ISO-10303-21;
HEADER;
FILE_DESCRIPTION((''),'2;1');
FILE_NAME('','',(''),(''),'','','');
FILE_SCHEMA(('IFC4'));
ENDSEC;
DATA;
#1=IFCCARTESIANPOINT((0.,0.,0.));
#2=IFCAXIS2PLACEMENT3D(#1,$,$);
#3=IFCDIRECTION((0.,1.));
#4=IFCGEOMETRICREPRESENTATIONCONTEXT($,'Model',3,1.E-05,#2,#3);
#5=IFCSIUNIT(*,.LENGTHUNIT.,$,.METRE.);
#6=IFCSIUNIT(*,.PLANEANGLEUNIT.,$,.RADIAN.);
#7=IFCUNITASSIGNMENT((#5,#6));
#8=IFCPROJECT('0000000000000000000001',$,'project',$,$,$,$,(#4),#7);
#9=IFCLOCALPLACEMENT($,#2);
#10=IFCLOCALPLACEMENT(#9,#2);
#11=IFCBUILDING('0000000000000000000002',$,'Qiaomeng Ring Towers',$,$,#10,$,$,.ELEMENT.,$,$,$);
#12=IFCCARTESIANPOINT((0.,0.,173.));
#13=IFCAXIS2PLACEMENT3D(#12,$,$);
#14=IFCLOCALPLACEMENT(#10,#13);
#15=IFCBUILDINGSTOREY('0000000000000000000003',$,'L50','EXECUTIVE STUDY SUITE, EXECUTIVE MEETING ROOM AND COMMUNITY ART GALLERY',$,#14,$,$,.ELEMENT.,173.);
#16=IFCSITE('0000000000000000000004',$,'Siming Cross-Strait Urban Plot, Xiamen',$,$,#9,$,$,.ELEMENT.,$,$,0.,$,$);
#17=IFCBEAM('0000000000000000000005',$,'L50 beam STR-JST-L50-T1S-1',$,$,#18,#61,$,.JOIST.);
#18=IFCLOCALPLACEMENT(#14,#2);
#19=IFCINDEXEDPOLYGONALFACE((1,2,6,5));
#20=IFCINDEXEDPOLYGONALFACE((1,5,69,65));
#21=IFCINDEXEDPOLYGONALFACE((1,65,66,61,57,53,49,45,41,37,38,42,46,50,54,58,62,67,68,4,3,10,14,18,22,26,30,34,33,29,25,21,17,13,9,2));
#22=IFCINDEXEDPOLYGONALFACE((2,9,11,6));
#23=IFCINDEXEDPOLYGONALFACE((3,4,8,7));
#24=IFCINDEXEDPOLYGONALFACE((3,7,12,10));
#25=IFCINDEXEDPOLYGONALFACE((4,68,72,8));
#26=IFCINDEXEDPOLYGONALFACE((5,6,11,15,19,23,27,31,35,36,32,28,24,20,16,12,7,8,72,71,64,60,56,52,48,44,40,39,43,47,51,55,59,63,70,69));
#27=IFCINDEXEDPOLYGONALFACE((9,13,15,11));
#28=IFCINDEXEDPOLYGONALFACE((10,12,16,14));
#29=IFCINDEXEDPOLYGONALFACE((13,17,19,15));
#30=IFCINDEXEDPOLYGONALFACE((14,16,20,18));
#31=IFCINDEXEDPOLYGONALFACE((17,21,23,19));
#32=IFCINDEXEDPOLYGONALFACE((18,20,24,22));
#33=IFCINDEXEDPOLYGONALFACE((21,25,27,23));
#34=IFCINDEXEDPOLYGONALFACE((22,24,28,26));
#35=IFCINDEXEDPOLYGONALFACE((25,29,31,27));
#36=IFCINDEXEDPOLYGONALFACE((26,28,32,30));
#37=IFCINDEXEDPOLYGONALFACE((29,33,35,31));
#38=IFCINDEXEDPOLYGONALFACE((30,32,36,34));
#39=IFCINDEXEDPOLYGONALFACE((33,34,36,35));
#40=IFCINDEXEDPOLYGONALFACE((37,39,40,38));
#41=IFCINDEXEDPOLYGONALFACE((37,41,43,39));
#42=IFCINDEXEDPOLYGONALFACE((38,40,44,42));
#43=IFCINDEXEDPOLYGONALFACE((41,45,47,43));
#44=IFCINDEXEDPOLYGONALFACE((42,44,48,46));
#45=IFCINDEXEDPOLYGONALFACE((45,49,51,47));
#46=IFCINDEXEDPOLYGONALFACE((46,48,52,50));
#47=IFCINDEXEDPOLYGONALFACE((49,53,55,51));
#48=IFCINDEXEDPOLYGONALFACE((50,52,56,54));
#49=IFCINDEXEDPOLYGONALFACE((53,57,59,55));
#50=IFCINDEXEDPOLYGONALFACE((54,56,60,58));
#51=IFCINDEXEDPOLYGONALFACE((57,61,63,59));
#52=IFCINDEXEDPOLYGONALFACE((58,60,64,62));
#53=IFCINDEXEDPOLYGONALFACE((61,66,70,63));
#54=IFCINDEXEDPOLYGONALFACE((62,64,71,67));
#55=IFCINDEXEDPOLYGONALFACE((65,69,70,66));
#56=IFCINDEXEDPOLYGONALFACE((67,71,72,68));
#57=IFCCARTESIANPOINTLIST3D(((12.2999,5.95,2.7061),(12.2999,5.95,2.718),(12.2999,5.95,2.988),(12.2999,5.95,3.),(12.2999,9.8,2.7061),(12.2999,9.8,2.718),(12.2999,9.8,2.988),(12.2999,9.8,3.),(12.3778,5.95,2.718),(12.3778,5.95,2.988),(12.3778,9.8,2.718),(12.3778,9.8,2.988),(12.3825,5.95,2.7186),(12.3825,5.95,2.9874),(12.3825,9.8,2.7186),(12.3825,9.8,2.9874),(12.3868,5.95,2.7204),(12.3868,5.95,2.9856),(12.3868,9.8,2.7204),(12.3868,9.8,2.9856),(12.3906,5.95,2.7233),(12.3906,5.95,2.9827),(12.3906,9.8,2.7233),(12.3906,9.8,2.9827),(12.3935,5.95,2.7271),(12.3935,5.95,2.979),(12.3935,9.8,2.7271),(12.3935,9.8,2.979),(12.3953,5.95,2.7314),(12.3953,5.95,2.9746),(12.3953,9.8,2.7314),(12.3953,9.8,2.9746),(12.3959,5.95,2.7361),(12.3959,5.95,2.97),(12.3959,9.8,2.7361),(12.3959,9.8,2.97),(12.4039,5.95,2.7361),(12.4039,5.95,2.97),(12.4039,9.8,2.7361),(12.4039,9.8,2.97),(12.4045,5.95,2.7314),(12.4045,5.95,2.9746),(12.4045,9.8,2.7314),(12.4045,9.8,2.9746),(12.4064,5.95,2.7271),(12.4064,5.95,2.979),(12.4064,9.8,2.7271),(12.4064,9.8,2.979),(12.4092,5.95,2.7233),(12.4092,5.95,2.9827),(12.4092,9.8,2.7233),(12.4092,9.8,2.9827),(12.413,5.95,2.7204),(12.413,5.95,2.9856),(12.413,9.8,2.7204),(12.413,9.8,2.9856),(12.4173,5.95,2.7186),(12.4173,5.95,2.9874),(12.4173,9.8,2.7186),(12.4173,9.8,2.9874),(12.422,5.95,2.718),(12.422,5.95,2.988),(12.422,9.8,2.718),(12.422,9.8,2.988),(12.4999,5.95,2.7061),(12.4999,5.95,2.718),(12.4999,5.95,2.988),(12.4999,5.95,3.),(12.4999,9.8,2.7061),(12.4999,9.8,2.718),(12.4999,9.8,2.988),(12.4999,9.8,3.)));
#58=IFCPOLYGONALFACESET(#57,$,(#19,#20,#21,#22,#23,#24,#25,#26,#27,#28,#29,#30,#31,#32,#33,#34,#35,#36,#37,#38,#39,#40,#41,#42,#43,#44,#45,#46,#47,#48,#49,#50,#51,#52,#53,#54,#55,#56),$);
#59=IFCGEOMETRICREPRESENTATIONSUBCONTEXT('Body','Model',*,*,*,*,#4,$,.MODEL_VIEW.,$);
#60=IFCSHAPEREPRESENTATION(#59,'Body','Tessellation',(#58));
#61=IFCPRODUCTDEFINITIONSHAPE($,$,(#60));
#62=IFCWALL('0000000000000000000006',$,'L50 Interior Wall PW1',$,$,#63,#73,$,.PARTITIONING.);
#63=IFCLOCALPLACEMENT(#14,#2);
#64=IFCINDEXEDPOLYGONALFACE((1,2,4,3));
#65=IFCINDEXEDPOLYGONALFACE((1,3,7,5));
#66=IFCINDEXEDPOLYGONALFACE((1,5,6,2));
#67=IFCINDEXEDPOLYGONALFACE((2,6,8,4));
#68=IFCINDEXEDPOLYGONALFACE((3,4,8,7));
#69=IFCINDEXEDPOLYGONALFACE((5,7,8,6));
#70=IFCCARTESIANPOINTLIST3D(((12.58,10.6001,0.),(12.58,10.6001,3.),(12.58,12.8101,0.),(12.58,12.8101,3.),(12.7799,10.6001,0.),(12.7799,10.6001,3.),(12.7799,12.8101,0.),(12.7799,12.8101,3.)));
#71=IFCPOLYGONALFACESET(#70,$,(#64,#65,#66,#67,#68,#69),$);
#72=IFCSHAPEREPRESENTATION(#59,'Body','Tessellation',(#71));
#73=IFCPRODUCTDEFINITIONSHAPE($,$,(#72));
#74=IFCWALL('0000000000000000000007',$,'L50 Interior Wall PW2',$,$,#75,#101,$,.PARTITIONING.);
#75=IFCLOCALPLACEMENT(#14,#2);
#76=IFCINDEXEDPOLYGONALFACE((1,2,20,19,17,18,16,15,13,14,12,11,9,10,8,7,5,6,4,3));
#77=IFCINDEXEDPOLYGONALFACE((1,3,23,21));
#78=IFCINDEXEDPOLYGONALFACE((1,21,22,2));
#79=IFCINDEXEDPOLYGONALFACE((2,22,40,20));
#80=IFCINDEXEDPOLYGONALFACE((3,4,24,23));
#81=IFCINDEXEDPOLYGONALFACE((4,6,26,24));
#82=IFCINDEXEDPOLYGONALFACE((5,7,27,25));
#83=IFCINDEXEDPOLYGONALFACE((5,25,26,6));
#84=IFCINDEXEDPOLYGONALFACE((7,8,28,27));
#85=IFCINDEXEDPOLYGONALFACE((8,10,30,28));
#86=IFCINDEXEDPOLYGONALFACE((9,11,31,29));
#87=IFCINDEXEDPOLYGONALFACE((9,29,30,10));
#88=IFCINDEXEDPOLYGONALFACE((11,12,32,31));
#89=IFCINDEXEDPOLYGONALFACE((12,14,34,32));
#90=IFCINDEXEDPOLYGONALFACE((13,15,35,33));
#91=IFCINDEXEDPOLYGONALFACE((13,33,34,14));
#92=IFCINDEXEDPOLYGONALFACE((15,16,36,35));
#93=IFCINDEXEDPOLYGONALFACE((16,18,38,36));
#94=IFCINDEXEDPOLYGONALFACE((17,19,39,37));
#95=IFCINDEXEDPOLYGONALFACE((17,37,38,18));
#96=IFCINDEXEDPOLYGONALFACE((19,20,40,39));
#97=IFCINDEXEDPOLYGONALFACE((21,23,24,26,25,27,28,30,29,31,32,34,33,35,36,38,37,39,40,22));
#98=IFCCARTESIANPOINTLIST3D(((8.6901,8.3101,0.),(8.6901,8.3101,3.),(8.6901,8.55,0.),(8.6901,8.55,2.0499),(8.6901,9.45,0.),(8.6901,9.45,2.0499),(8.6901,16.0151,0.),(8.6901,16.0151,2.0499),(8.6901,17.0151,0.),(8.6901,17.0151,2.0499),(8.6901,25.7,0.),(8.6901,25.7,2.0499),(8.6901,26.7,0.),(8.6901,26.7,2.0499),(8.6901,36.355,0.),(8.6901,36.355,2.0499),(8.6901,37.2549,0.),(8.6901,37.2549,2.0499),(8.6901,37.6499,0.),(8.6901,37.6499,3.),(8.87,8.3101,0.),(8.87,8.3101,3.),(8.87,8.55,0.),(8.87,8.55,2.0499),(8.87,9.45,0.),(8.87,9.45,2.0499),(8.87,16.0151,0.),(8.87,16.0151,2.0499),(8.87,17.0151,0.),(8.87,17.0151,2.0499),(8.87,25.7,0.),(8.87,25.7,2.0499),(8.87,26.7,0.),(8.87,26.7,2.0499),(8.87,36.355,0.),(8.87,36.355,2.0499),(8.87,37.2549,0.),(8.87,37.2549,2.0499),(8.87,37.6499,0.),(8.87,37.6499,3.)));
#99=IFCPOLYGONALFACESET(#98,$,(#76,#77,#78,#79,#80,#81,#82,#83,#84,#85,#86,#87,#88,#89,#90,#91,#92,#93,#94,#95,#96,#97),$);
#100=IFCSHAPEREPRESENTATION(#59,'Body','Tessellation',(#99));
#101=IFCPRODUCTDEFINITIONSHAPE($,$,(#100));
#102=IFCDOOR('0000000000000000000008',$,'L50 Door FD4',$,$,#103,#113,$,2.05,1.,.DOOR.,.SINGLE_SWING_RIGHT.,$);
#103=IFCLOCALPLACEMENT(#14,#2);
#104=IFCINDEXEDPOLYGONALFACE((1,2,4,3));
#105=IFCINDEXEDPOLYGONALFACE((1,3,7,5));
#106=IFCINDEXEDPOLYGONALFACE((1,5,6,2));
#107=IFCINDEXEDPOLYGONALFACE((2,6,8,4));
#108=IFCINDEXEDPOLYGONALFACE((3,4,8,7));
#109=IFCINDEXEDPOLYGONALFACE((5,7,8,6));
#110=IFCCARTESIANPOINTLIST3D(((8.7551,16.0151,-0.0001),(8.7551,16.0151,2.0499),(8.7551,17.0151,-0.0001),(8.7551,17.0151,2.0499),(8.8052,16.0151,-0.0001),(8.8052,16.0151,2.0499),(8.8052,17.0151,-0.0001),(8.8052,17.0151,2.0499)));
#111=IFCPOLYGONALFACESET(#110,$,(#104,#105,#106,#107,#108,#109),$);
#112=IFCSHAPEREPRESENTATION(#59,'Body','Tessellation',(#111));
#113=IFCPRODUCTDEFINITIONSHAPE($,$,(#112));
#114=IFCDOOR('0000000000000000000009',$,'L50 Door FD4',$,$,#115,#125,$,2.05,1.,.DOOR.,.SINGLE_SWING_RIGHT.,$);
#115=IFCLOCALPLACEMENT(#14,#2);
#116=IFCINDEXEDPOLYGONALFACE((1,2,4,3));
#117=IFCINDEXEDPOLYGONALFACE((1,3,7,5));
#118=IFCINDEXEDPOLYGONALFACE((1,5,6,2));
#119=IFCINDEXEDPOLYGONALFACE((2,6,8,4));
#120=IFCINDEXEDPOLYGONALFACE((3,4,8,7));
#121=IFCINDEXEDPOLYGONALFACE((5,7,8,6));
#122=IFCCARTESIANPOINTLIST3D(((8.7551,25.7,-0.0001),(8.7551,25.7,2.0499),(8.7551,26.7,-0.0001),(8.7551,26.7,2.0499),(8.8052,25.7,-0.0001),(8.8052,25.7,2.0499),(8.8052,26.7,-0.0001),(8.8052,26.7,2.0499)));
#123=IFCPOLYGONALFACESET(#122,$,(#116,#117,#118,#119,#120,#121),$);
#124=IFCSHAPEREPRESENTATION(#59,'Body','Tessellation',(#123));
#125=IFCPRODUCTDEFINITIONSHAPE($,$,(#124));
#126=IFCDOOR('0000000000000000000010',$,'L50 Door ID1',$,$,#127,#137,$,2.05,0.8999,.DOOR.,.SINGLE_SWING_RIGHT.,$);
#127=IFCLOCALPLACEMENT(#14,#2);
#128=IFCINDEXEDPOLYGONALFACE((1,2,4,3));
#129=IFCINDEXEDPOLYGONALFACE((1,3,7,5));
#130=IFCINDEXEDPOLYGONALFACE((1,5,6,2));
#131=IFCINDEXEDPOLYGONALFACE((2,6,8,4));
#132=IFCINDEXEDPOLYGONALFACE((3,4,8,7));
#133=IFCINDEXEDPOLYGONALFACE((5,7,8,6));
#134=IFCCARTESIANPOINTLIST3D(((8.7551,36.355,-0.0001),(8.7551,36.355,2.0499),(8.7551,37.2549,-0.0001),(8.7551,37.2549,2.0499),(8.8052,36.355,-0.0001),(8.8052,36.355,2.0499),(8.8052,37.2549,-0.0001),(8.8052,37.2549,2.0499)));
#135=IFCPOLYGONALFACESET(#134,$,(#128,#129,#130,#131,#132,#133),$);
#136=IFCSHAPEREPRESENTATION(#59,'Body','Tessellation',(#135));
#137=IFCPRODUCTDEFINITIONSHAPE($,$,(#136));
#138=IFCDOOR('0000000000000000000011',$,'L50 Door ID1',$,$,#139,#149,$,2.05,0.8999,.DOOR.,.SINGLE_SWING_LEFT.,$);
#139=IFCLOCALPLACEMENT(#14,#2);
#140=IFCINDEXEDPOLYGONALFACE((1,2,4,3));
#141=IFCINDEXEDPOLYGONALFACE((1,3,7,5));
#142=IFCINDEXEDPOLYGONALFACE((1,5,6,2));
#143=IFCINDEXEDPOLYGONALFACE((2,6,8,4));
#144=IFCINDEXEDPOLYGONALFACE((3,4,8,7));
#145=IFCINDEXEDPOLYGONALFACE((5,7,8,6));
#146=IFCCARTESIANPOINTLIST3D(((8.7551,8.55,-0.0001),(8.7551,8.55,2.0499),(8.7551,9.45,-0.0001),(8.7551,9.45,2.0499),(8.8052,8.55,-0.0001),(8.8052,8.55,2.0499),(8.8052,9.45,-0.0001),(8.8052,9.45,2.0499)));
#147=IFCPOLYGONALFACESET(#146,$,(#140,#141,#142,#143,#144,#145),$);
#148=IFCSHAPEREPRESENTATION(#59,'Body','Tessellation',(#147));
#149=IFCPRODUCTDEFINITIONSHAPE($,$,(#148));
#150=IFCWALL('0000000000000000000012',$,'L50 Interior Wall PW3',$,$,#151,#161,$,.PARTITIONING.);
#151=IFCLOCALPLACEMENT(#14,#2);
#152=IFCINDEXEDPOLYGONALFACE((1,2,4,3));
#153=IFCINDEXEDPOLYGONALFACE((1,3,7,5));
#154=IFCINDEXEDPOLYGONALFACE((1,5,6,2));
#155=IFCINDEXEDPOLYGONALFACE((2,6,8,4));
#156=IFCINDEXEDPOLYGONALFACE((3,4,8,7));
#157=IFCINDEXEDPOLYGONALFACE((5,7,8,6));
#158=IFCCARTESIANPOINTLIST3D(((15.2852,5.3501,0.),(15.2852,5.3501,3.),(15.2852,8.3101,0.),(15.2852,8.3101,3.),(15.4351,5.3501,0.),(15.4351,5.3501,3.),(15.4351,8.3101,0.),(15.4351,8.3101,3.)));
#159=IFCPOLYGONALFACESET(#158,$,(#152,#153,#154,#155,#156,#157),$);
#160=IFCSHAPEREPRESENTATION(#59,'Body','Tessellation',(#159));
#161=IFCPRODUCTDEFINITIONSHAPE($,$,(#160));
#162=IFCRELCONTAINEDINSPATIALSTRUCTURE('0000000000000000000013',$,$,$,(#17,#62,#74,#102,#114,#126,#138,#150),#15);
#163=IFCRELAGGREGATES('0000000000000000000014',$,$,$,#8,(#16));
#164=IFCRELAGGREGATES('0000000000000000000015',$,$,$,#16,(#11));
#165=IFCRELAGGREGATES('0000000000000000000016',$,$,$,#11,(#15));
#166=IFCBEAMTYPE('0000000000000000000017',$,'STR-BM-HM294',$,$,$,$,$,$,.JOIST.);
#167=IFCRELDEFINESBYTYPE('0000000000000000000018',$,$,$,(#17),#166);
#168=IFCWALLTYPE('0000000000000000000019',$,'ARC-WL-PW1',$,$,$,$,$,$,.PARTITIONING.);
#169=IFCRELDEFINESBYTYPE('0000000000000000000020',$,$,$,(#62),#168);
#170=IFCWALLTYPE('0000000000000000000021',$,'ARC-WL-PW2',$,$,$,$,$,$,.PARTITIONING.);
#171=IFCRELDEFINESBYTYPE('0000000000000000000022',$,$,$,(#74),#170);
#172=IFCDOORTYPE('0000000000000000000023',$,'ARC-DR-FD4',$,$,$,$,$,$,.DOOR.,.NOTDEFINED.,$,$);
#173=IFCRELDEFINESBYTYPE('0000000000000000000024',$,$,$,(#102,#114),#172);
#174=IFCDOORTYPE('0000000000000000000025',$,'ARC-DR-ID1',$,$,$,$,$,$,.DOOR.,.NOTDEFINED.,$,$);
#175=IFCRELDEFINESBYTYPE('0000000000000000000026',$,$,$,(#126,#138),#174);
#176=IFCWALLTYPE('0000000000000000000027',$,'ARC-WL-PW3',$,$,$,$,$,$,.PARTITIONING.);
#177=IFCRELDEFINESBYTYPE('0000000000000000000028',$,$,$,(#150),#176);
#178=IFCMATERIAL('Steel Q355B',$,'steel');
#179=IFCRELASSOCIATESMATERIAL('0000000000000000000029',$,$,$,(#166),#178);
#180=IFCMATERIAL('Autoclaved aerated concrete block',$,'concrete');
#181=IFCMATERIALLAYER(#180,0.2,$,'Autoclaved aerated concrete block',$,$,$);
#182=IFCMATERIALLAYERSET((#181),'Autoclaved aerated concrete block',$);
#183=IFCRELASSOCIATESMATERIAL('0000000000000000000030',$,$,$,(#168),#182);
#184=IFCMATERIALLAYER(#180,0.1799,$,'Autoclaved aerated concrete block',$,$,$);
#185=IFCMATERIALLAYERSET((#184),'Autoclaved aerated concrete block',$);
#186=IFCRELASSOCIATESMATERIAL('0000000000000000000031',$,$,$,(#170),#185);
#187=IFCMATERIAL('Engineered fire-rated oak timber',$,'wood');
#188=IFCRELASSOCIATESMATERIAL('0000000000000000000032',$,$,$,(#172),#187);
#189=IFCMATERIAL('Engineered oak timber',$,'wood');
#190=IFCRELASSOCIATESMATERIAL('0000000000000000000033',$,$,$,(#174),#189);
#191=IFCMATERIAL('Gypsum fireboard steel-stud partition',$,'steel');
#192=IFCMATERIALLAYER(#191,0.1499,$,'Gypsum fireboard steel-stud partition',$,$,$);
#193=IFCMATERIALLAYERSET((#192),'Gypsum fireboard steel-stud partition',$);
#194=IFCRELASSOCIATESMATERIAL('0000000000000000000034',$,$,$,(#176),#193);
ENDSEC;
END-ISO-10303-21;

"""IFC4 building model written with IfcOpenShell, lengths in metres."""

from ifc_helpers import new_model, si_unit, direction, frame, frame_2d, origin, origin_2d, place, context, subcontext, project, spatial, rectangle, i_section, extrude, source, transform, mapped, material, layer, layer_set, material_profile, profile_set, type_object, element, fill, save


model = new_model("IFC4")

# Units and contexts
model_context = context("Model", 3, precision=1e-05, world=origin(), true_north=direction((0.0, 1.0)))
body_context = subcontext(model_context, "Body", "Model", "MODEL_VIEW")
ifc_project = project(units=[si_unit("LENGTHUNIT", "METRE"), si_unit("PLANEANGLEUNIT", "RADIAN")], contexts=[model_context])

# Site, building, storey
site_placement = place(None, origin())
site = spatial("IfcSite", under=ifc_project, at=site_placement, Name="Siming Cross-Strait Urban Plot, Xiamen", CompositionType="ELEMENT", RefElevation=0.0)
building_placement = place(site_placement, origin())
building = spatial("IfcBuilding", under=site, at=building_placement, Name="Qiaomeng Ring Towers", CompositionType="ELEMENT")
storey_placement = place(building_placement, frame((0.0, 0.0, 173.0)))
storey = spatial("IfcBuildingStorey", under=building, at=storey_placement, Name="L50", Description="EXECUTIVE STUDY SUITE, EXECUTIVE MEETING ROOM AND COMMUNITY ART GALLERY", CompositionType="ELEMENT", Elevation=173.0)

# Beam
ifc_material_1 = material(Name="Steel Q355B", Category="steel")
ifc_material_profile = material_profile(ifc_material_1, i_section(OverallWidth=0.2, OverallDepth=0.2939, WebThickness=0.0081, FlangeThickness=0.012, FilletRadius=0.0181, at=origin_2d()), Name="HM 294x200x8x12")
ifc_profile_set = profile_set([ifc_material_profile], Name="Steel Q355B")
beam_type = type_object("IfcBeamType", Name="STR-BM-HM294", PredefinedType="JOIST", material=ifc_profile_set)
shared_shape_1 = source(origin(), body_context, "Body", "SweptSolid", [
    extrude(i_section(OverallWidth=0.2, OverallDepth=0.2939, WebThickness=0.0081, FlangeThickness=0.012, FilletRadius=0.0181, at=origin_2d()), origin(), (0.0, 0.0, 1.0), 3.8501),
])
beam_placement = place(storey_placement, frame((12.3999, 5.95, 2.853), z_axis=(0.0, 1.0, 0.0), x_axis=(-1.0, 0.0, 0.0)))
element("IfcBeam", 1, at=beam_placement, inside=storey, type_object=beam_type, Name="L50 beam STR-JST-L50-T1S-1", PredefinedType="JOIST", context=body_context, shape_type="MappedRepresentation", body=[
    mapped(shared_shape_1, transform((0.0, 0.0, 0.0), x_axis=(1.0, 0.0, 0.0), y_axis=(0.0, 1.0, 0.0), z_axis=(0.0, 0.0, 1.0), scale=1.0)),
])

# Wall
ifc_material_2 = material(Name="Autoclaved aerated concrete block", Category="concrete")
ifc_layer_1 = layer(ifc_material_2, 0.2, Name="Autoclaved aerated concrete block")
ifc_layer_set_1 = layer_set([ifc_layer_1], Name="Autoclaved aerated concrete block")
wall_type_1 = type_object("IfcWallType", Name="ARC-WL-PW1", PredefinedType="PARTITIONING", material=ifc_layer_set_1)
wall_1_placement = place(storey_placement, frame((12.6799, 10.6001, 0.0), z_axis=(0.0, 0.0, 1.0), x_axis=(0.0, 1.0, 0.0)))
element("IfcWall", 2, at=wall_1_placement, inside=storey, type_object=wall_type_1, Name="L50 Interior Wall PW1", PredefinedType="PARTITIONING", context=body_context, shape_type="SweptSolid", body=[
    extrude(rectangle(XDim=2.21, YDim=0.2, at=frame_2d((1.105, 0.0))), origin(), (0.0, 0.0, 1.0), 3.0),
])

# Wall, openings, doors
ifc_layer_2 = layer(ifc_material_2, 0.1799, Name="Autoclaved aerated concrete block")
ifc_layer_set_2 = layer_set([ifc_layer_2], Name="Autoclaved aerated concrete block")
wall_type_2 = type_object("IfcWallType", Name="ARC-WL-PW2", PredefinedType="PARTITIONING", material=ifc_layer_set_2)
wall_2_placement = place(storey_placement, frame((8.78, 8.3101, 0.0), z_axis=(0.0, 0.0, 1.0), x_axis=(0.0, 1.0, 0.0)))
wall_2 = element("IfcWall", 3, at=wall_2_placement, inside=storey, type_object=wall_type_2, Name="L50 Interior Wall PW2", PredefinedType="PARTITIONING", context=body_context, shape_type="SweptSolid", body=[
    extrude(rectangle(XDim=29.3398, YDim=0.1799, at=frame_2d((14.6699, 0.0))), origin(), (0.0, 0.0, 1.0), 3.0),
])
opening_1_placement = place(wall_2_placement, frame((28.0449, 0.0, 0.0)))
opening_1 = element("IfcOpeningElement", 4, at=opening_1_placement, cuts=wall_2, PredefinedType="OPENING", context=body_context, shape_type="SweptSolid", body=[
    extrude(rectangle(XDim=0.8999, YDim=2.05, at=frame_2d((0.45, 1.0249))), frame((0.0, 0.0999, 0.0), z_axis=(0.0, -1.0, 0.0), x_axis=(1.0, 0.0, 0.0)), (0.0, 0.0, 1.0), 0.2),
])
opening_2_placement = place(wall_2_placement, frame((0.24, 0.0, 0.0)))
opening_2 = element("IfcOpeningElement", 5, at=opening_2_placement, cuts=wall_2, PredefinedType="OPENING", context=body_context, shape_type="SweptSolid", body=[
    extrude(rectangle(XDim=0.8999, YDim=2.05, at=frame_2d((0.45, 1.0249))), frame((0.0, 0.0999, 0.0), z_axis=(0.0, -1.0, 0.0), x_axis=(1.0, 0.0, 0.0)), (0.0, 0.0, 1.0), 0.2),
])
opening_3_placement = place(wall_2_placement, frame((7.7051, 0.0, 0.0)))
opening_3 = element("IfcOpeningElement", 6, at=opening_3_placement, cuts=wall_2, PredefinedType="OPENING", context=body_context, shape_type="SweptSolid", body=[
    extrude(rectangle(XDim=1.0, YDim=2.05, at=frame_2d((0.5, 1.0249))), frame((0.0, 0.0999, 0.0), z_axis=(0.0, -1.0, 0.0), x_axis=(1.0, 0.0, 0.0)), (0.0, 0.0, 1.0), 0.2),
])
opening_4_placement = place(wall_2_placement, frame((17.3899, 0.0, 0.0)))
opening_4 = element("IfcOpeningElement", 7, at=opening_4_placement, cuts=wall_2, PredefinedType="OPENING", context=body_context, shape_type="SweptSolid", body=[
    extrude(rectangle(XDim=1.0, YDim=2.05, at=frame_2d((0.5, 1.0249))), frame((0.0, 0.0999, 0.0), z_axis=(0.0, -1.0, 0.0), x_axis=(1.0, 0.0, 0.0)), (0.0, 0.0, 1.0), 0.2),
])
ifc_material_3 = material(Name="Engineered fire-rated oak timber", Category="wood")
door_type_1 = type_object("IfcDoorType", Name="ARC-DR-FD4", OperationType="NOTDEFINED", PredefinedType="DOOR", material=ifc_material_3)
shared_shape_2 = source(origin(), body_context, "Body", "SweptSolid", [
    extrude(rectangle(XDim=1.0, YDim=2.05, at=frame_2d((0.5, 1.0249))), frame((0.0, 0.0249, 0.0), z_axis=(0.0, -1.0, 0.0), x_axis=(1.0, 0.0, 0.0)), (0.0, 0.0, 1.0), 0.05),
])
door_1_placement = place(opening_3_placement, origin())
door_1 = element("IfcDoor", 8, at=door_1_placement, inside=storey, type_object=door_type_1, Name="L50 Door FD4", OperationType="SINGLE_SWING_RIGHT", OverallHeight=2.05, OverallWidth=1.0, PredefinedType="DOOR", context=body_context, shape_type="MappedRepresentation", body=[
    mapped(shared_shape_2, transform((0.0, 0.0, 0.0), x_axis=(1.0, 0.0, 0.0), y_axis=(0.0, 1.0, 0.0), z_axis=(0.0, 0.0, 1.0), scale=1.0)),
])
fill(opening_3, door_1)
door_2_placement = place(opening_4_placement, origin())
door_2 = element("IfcDoor", 9, at=door_2_placement, inside=storey, type_object=door_type_1, Name="L50 Door FD4", OperationType="SINGLE_SWING_RIGHT", OverallHeight=2.05, OverallWidth=1.0, PredefinedType="DOOR", context=body_context, shape_type="MappedRepresentation", body=[
    mapped(shared_shape_2, transform((0.0, 0.0, 0.0), x_axis=(1.0, 0.0, 0.0), y_axis=(0.0, 1.0, 0.0), z_axis=(0.0, 0.0, 1.0), scale=1.0)),
])
fill(opening_4, door_2)
ifc_material_4 = material(Name="Engineered oak timber", Category="wood")
door_type_2 = type_object("IfcDoorType", Name="ARC-DR-ID1", OperationType="NOTDEFINED", PredefinedType="DOOR", material=ifc_material_4)
shared_shape_3 = source(origin(), body_context, "Body", "SweptSolid", [
    extrude(rectangle(XDim=0.8999, YDim=2.05, at=frame_2d((0.45, 1.0249))), frame((0.0, 0.0249, 0.0), z_axis=(0.0, -1.0, 0.0), x_axis=(1.0, 0.0, 0.0)), (0.0, 0.0, 1.0), 0.05),
])
door_3_placement = place(opening_1_placement, origin())
door_3 = element("IfcDoor", 10, at=door_3_placement, inside=storey, type_object=door_type_2, Name="L50 Door ID1", OperationType="SINGLE_SWING_RIGHT", OverallHeight=2.05, OverallWidth=0.8999, PredefinedType="DOOR", context=body_context, shape_type="MappedRepresentation", body=[
    mapped(shared_shape_3, transform((0.0, 0.0, 0.0), x_axis=(1.0, 0.0, 0.0), y_axis=(0.0, 1.0, 0.0), z_axis=(0.0, 0.0, 1.0), scale=1.0)),
])
fill(opening_1, door_3)
door_4_placement = place(opening_2_placement, origin())
door_4 = element("IfcDoor", 11, at=door_4_placement, inside=storey, type_object=door_type_2, Name="L50 Door ID1", OperationType="SINGLE_SWING_LEFT", OverallHeight=2.05, OverallWidth=0.8999, PredefinedType="DOOR", context=body_context, shape_type="MappedRepresentation", body=[
    mapped(shared_shape_3, transform((0.0, 0.0, 0.0), x_axis=(1.0, 0.0, 0.0), y_axis=(0.0, 1.0, 0.0), z_axis=(0.0, 0.0, 1.0), scale=1.0)),
])
fill(opening_2, door_4)

# Wall
ifc_material_5 = material(Name="Gypsum fireboard steel-stud partition", Category="steel")
ifc_layer_3 = layer(ifc_material_5, 0.1499, Name="Gypsum fireboard steel-stud partition")
ifc_layer_set_3 = layer_set([ifc_layer_3], Name="Gypsum fireboard steel-stud partition")
wall_type_3 = type_object("IfcWallType", Name="ARC-WL-PW3", PredefinedType="PARTITIONING", material=ifc_layer_set_3)
wall_3_placement = place(storey_placement, frame((15.3601, 5.3501, 0.0), z_axis=(0.0, 0.0, 1.0), x_axis=(0.0, 1.0, 0.0)))
element("IfcWall", 12, at=wall_3_placement, inside=storey, type_object=wall_type_3, Name="L50 Interior Wall PW3", PredefinedType="PARTITIONING", context=body_context, shape_type="SweptSolid", body=[
    extrude(rectangle(XDim=2.96, YDim=0.1499, at=frame_2d((1.48, 0.0))), origin(), (0.0, 0.0, 1.0), 3.0),
])

save(model, "model.ifc")
